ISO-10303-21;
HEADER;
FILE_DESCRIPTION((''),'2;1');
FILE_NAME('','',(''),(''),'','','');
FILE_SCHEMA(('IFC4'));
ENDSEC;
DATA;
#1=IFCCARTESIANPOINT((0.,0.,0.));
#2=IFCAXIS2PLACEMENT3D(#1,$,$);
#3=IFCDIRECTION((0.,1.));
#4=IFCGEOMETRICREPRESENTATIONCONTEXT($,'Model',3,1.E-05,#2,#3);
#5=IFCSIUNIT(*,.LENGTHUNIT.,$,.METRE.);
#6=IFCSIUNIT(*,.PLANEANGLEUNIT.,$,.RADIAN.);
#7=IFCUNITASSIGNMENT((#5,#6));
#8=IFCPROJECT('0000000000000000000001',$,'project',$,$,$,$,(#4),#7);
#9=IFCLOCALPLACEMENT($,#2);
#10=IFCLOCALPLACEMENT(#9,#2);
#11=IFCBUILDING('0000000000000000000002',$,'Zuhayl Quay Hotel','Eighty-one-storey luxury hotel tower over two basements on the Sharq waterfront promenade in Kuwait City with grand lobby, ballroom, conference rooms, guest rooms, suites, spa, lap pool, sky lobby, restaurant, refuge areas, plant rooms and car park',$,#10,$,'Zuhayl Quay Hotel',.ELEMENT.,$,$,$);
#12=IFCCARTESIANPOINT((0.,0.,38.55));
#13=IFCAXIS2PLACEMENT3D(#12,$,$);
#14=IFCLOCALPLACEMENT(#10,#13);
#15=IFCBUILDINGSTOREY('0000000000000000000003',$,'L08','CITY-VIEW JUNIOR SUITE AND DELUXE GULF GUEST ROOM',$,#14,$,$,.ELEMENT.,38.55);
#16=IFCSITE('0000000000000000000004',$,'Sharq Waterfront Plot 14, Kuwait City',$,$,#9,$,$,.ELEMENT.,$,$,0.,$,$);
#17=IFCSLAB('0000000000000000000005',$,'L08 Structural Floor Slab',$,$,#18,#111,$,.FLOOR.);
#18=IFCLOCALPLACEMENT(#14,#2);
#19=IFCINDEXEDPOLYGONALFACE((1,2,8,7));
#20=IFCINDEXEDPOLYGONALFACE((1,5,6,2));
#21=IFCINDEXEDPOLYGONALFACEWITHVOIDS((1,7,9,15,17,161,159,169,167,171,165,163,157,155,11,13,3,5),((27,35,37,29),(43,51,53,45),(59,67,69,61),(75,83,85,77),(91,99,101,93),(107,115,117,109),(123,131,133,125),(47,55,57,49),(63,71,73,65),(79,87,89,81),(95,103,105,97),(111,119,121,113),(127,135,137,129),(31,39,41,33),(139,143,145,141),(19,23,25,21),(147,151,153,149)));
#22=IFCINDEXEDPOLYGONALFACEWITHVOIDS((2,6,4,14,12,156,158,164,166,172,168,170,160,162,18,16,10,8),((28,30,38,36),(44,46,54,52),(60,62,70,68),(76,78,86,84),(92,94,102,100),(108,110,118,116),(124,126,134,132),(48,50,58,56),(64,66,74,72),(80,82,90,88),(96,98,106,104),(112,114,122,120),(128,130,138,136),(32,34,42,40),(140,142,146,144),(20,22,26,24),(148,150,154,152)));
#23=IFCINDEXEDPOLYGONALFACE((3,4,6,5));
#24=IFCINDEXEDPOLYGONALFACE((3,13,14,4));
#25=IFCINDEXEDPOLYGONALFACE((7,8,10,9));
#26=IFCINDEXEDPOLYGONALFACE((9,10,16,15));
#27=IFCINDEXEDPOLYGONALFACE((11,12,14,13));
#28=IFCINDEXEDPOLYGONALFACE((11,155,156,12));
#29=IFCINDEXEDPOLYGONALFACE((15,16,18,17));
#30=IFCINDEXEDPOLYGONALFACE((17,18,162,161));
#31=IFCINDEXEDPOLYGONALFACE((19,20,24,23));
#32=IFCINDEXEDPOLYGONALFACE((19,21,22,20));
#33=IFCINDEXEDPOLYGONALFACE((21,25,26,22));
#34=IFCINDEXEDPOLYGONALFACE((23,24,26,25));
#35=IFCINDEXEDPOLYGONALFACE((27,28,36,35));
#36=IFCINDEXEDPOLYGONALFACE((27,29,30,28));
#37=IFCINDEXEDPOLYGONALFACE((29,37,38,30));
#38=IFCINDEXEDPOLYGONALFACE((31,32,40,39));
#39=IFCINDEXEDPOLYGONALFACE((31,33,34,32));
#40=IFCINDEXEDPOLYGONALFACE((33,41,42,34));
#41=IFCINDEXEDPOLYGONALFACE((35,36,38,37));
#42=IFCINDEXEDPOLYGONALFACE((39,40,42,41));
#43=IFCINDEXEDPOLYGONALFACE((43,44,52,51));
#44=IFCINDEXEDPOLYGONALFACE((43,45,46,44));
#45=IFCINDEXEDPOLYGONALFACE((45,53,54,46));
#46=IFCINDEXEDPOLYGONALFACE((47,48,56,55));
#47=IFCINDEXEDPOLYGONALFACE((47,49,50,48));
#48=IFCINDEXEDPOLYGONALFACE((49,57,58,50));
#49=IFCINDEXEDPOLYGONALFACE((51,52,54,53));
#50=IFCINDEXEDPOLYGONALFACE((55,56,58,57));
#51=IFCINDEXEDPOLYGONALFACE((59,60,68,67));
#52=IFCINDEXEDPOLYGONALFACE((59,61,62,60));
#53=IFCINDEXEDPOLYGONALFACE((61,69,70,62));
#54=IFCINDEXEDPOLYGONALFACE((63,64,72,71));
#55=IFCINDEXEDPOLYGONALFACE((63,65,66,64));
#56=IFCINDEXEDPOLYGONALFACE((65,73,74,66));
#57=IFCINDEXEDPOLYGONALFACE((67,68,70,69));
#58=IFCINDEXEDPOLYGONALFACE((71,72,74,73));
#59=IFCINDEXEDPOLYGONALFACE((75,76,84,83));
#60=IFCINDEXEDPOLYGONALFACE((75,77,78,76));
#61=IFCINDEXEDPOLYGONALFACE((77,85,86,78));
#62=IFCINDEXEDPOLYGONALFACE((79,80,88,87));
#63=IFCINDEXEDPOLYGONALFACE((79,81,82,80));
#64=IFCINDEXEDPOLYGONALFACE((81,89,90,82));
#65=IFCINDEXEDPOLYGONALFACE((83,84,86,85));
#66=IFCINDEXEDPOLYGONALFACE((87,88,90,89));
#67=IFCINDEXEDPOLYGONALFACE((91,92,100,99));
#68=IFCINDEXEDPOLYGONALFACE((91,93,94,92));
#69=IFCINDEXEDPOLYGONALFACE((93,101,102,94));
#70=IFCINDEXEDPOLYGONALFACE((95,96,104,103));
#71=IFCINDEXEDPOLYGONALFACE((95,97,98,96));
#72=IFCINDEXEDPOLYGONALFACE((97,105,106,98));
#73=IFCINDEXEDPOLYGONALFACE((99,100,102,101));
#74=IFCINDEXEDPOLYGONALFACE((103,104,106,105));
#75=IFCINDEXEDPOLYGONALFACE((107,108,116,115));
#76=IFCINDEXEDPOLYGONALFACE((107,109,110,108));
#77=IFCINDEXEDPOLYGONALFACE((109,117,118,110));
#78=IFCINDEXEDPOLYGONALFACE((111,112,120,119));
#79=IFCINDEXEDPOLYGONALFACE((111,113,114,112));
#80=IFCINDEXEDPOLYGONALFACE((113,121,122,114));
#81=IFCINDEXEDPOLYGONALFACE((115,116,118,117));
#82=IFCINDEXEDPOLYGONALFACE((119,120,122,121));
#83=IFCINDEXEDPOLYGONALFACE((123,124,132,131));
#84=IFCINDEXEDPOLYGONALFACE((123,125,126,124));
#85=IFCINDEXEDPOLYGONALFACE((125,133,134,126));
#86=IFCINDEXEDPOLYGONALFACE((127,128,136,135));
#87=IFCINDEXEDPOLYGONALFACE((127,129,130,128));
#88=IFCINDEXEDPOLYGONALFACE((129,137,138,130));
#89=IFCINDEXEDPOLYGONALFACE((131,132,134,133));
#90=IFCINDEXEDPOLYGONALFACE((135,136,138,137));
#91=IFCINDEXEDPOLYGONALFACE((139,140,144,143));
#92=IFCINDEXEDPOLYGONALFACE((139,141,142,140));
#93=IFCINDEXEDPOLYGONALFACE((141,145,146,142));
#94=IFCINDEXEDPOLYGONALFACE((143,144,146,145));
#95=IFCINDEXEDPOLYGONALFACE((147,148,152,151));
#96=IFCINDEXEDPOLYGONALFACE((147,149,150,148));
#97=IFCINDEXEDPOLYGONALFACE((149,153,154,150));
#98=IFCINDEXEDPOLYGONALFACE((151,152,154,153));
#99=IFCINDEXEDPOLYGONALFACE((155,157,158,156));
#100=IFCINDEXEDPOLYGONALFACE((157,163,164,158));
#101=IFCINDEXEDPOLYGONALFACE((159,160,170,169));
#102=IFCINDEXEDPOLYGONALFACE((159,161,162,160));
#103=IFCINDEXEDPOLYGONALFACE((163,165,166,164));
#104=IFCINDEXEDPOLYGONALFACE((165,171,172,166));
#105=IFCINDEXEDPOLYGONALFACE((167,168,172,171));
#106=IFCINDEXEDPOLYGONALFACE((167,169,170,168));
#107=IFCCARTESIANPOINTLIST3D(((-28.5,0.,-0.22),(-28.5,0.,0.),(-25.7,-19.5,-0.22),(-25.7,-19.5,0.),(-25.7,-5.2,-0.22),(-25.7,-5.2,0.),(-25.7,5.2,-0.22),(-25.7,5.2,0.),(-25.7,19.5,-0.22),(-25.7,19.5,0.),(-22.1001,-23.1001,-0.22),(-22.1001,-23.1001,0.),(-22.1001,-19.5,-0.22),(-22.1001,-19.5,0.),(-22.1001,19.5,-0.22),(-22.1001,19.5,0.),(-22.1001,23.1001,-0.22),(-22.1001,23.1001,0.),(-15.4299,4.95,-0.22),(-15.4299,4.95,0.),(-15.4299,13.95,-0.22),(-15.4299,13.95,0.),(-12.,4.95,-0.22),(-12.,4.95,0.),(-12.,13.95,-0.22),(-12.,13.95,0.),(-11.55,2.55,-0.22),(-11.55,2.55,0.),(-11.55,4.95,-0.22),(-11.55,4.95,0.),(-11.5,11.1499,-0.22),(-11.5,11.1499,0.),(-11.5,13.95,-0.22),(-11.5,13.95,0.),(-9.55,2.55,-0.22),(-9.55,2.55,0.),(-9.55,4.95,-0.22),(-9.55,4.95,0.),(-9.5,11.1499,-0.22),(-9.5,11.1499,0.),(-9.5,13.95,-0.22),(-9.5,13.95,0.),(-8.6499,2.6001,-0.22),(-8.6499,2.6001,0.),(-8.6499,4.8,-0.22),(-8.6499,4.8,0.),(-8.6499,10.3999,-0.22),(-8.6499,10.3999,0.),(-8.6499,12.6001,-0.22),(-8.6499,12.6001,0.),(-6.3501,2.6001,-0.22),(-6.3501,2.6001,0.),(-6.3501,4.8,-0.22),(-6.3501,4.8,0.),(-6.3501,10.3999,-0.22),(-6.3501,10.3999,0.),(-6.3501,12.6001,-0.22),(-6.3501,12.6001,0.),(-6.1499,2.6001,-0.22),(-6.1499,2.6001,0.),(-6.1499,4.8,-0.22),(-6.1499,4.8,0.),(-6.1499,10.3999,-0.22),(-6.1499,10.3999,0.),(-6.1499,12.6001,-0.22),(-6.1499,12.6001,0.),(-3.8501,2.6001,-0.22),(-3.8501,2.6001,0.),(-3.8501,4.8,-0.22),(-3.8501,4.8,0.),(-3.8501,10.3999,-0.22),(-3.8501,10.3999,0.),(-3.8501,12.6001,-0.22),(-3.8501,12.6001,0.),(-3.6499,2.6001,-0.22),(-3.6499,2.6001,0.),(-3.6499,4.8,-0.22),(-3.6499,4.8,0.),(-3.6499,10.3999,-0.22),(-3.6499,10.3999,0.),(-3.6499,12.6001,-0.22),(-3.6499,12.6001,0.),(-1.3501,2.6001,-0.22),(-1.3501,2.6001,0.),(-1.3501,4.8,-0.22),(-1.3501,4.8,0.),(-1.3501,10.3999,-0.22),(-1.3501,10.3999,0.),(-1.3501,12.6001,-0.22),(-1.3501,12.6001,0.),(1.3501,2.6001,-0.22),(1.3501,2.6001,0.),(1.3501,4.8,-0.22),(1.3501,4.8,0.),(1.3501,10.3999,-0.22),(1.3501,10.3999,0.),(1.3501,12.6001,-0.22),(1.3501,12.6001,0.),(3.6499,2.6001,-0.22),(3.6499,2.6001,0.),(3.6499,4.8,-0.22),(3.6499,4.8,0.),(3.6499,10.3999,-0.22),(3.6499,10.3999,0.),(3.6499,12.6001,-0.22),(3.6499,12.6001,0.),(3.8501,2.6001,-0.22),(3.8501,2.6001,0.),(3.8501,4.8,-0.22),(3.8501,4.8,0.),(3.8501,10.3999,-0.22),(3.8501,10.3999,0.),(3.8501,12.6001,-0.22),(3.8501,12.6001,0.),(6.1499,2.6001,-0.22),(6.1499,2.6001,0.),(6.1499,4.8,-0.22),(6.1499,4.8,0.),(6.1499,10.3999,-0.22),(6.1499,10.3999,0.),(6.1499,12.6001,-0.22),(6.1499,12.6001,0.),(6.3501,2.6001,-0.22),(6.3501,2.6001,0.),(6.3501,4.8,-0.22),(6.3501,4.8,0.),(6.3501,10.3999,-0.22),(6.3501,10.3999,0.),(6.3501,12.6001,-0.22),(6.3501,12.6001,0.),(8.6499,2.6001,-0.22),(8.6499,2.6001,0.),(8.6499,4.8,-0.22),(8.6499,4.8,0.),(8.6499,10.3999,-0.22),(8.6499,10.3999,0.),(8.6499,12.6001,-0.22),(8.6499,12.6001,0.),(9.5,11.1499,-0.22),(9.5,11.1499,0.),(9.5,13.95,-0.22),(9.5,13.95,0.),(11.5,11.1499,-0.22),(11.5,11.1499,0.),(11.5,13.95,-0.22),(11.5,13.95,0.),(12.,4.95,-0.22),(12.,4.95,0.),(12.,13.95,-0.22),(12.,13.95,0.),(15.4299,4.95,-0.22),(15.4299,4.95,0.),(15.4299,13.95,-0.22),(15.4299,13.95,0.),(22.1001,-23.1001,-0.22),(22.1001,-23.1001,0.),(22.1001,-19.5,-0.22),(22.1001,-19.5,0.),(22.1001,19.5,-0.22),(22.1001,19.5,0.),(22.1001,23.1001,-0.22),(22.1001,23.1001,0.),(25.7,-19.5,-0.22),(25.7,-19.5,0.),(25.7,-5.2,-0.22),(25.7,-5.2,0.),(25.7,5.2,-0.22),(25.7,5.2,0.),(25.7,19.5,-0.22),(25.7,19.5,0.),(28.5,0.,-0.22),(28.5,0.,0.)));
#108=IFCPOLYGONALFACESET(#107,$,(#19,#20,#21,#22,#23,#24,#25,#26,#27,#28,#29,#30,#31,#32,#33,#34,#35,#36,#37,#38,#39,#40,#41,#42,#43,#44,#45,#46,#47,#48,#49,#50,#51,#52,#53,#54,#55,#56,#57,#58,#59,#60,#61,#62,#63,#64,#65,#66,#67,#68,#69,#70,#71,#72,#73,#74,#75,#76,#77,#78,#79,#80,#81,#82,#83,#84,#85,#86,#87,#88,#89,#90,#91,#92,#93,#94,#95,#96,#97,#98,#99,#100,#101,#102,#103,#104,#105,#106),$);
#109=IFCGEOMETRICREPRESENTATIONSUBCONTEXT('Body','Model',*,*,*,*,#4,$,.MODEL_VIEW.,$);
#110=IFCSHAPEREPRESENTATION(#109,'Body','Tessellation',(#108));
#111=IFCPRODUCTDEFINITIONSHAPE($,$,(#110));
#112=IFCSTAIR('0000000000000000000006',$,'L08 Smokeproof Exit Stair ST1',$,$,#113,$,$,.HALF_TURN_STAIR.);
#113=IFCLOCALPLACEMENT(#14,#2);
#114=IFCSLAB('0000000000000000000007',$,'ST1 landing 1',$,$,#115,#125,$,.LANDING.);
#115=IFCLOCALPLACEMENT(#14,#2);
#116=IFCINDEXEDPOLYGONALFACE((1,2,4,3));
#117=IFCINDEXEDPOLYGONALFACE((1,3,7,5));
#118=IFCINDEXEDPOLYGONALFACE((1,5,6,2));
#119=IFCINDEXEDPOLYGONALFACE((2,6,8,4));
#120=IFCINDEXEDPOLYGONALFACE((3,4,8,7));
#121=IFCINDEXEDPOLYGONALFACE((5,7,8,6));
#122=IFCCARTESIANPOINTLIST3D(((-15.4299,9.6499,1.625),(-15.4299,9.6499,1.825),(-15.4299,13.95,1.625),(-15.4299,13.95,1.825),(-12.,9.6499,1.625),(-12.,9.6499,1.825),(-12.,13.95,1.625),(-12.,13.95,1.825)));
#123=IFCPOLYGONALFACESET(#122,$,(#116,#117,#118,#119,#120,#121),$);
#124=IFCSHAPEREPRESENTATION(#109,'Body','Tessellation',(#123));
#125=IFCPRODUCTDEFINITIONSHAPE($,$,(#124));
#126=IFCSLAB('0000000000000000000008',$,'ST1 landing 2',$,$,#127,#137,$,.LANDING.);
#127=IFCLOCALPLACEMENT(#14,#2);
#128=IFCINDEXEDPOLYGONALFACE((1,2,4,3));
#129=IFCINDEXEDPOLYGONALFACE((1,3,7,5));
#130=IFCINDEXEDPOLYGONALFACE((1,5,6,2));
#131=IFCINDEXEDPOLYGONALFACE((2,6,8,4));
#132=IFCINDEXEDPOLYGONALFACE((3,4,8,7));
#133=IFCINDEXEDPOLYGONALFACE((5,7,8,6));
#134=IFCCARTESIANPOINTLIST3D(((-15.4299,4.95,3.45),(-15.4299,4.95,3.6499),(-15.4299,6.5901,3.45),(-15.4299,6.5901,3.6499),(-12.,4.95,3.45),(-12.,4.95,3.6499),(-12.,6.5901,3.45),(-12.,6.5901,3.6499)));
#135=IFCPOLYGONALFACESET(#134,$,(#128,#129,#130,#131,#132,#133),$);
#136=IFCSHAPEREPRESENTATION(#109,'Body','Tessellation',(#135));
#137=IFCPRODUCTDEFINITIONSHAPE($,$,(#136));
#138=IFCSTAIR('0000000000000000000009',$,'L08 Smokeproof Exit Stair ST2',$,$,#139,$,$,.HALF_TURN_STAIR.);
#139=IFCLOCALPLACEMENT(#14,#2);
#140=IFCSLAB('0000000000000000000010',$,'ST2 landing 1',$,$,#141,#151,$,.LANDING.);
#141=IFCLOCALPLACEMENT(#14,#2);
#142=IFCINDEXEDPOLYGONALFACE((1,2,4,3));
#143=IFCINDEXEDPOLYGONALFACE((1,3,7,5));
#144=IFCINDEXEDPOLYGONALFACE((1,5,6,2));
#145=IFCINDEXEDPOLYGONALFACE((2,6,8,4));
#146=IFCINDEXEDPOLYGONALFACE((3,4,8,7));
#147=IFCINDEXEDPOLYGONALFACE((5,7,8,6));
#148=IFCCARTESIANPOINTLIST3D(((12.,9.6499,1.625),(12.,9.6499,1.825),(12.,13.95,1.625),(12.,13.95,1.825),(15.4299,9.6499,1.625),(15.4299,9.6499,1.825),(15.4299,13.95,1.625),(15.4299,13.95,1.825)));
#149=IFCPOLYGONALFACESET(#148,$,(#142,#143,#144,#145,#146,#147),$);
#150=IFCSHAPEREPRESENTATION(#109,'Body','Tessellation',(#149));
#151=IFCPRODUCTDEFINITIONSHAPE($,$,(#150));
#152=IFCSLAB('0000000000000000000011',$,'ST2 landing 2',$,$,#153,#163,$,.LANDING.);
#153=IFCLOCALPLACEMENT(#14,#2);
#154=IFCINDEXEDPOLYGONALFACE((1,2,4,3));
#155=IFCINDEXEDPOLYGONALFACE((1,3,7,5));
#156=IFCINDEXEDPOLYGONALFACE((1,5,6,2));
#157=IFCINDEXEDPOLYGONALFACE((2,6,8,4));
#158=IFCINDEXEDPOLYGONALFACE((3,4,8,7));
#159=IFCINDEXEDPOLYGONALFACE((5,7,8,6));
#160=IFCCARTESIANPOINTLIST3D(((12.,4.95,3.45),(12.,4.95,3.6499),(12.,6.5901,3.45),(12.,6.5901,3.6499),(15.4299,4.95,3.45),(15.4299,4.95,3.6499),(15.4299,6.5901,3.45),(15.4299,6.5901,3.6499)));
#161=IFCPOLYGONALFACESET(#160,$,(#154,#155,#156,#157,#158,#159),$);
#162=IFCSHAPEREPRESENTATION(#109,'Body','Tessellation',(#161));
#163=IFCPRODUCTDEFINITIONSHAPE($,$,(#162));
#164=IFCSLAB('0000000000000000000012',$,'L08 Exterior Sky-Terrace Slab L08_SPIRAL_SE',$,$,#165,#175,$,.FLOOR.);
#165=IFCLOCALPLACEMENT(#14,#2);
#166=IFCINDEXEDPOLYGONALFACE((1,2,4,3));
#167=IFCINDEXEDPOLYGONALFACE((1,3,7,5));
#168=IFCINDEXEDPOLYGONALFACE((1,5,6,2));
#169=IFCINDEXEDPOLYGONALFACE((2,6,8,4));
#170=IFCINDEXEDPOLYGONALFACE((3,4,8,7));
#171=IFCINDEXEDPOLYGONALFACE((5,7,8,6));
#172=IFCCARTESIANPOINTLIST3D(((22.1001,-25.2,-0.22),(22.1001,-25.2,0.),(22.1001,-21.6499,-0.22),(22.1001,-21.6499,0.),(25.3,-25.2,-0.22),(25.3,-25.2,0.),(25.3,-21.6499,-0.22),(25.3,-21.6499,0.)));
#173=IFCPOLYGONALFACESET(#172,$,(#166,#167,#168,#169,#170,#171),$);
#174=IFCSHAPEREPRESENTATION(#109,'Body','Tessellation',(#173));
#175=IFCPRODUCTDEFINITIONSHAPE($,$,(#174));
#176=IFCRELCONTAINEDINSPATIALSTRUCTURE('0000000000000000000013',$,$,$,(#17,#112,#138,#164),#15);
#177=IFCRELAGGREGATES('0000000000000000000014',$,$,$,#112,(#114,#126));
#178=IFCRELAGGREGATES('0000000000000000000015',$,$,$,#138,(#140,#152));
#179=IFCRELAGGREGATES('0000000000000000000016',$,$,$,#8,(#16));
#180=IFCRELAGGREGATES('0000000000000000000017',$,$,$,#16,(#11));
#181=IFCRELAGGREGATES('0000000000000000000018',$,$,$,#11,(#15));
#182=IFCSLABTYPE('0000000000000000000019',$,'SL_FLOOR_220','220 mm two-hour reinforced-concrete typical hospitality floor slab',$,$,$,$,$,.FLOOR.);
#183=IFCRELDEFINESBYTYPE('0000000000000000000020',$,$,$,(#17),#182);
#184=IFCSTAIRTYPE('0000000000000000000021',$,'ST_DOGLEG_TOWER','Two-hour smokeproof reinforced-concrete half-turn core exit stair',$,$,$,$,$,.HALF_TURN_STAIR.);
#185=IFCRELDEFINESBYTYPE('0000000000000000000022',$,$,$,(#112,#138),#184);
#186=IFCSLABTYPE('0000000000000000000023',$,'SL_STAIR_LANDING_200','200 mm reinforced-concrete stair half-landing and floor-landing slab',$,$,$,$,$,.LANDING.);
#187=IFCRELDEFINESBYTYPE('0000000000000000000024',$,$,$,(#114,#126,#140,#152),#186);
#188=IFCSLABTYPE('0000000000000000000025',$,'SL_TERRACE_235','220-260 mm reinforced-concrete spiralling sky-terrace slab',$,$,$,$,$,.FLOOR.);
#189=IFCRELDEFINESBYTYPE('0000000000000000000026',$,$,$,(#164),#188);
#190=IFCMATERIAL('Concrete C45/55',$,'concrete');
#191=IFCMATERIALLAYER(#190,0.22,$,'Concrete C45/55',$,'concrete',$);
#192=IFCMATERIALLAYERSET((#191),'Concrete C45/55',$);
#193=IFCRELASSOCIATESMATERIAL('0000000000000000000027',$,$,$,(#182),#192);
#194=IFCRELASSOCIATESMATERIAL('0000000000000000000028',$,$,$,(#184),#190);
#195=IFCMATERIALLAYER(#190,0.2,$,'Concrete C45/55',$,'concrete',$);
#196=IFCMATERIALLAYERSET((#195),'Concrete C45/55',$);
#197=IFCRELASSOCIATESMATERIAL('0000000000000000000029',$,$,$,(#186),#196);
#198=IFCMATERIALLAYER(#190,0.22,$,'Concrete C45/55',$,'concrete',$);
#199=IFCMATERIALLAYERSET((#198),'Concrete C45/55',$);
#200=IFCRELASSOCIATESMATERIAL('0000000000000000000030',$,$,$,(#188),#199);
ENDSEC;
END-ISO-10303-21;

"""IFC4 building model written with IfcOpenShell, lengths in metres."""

from ifc_helpers import new_model, si_unit, direction, frame, origin, place, context, subcontext, project, spatial, polyline, outline, extrude, material, layer, layer_set, type_object, element, aggregate, save


model = new_model("IFC4")

# Units and contexts
model_context = context("Model", 3, precision=1e-05, world=origin(), true_north=direction((0.0, 1.0)))
body_context = subcontext(model_context, "Body", "Model", "MODEL_VIEW")
ifc_project = project(units=[si_unit("LENGTHUNIT", "METRE"), si_unit("PLANEANGLEUNIT", "RADIAN")], contexts=[model_context])

# Site, building, storey
site_placement = place(None, origin())
site = spatial("IfcSite", under=ifc_project, at=site_placement, Name="Sharq Waterfront Plot 14, Kuwait City", CompositionType="ELEMENT", RefElevation=0.0)
building_placement = place(site_placement, origin())
building = spatial("IfcBuilding", under=site, at=building_placement, Name="Zuhayl Quay Hotel", Description="Eighty-one-storey luxury hotel tower over two basements on the Sharq waterfront promenade in Kuwait City with grand lobby, ballroom, conference rooms, guest rooms, suites, spa, lap pool, sky lobby, restaurant, refuge areas, plant rooms and car park", LongName="Zuhayl Quay Hotel", CompositionType="ELEMENT")
storey_placement = place(building_placement, frame((0.0, 0.0, 38.55)))
storey = spatial("IfcBuildingStorey", under=building, at=storey_placement, Name="L08", Description="CITY-VIEW JUNIOR SUITE AND DELUXE GULF GUEST ROOM", CompositionType="ELEMENT", Elevation=38.55)

# Slab
ifc_material_1 = material(Name="Concrete C45/55", Category="concrete")
ifc_layer_1 = layer(ifc_material_1, 0.22, Name="Concrete C45/55", Category="concrete")
ifc_layer_set_1 = layer_set([ifc_layer_1], Name="Concrete C45/55")
slab_type_1 = type_object("IfcSlabType", Name="SL_FLOOR_220", Description="220 mm two-hour reinforced-concrete typical hospitality floor slab", PredefinedType="FLOOR", material=ifc_layer_set_1)
slab_1_placement = place(storey_placement, frame((0.0, 0.0, -0.22)))
element("IfcSlab", 1, at=slab_1_placement, inside=storey, type_object=slab_type_1, Name="L08 Structural Floor Slab", PredefinedType="FLOOR", context=body_context, shape_type="SweptSolid", body=[
    extrude(outline(polyline([(-22.1001, -23.1001), (22.1001, -23.1001), (22.1001, -19.5), (25.7, -19.5), (25.7, -5.2), (28.5, 0.0), (25.7, 5.2), (25.7, 19.5), (22.1001, 19.5), (22.1001, 23.1001), (-22.1001, 23.1001), (-22.1001, 19.5), (-25.7, 19.5), (-25.7, 5.2), (-28.5, 0.0), (-25.7, -5.2), (-25.7, -19.5), (-22.1001, -19.5), (-22.1001, -23.1001)]), holes=[polyline([(-12.0, 4.95), (-12.0, 13.95), (-15.4299, 13.95), (-15.4299, 4.95), (-12.0, 4.95)]), polyline([(15.4299, 4.95), (15.4299, 13.95), (12.0, 13.95), (12.0, 4.95), (15.4299, 4.95)]), polyline([(-11.5, 11.1499), (-9.5, 11.1499), (-9.5, 13.95), (-11.5, 13.95), (-11.5, 11.1499)]), polyline([(9.5, 11.1499), (11.5, 11.1499), (11.5, 13.95), (9.5, 13.95), (9.5, 11.1499)]), polyline([(-8.6499, 2.6001), (-6.3501, 2.6001), (-6.3501, 4.8), (-8.6499, 4.8), (-8.6499, 2.6001)]), polyline([(-6.1499, 2.6001), (-3.8501, 2.6001), (-3.8501, 4.8), (-6.1499, 4.8), (-6.1499, 2.6001)]), polyline([(-8.6499, 10.3999), (-6.3501, 10.3999), (-6.3501, 12.6001), (-8.6499, 12.6001), (-8.6499, 10.3999)]), polyline([(-6.1499, 10.3999), (-3.8501, 10.3999), (-3.8501, 12.6001), (-6.1499, 12.6001), (-6.1499, 10.3999)]), polyline([(-3.6499, 2.6001), (-1.3501, 2.6001), (-1.3501, 4.8), (-3.6499, 4.8), (-3.6499, 2.6001)]), polyline([(1.3501, 2.6001), (3.6499, 2.6001), (3.6499, 4.8), (1.3501, 4.8), (1.3501, 2.6001)]), polyline([(-3.6499, 10.3999), (-1.3501, 10.3999), (-1.3501, 12.6001), (-3.6499, 12.6001), (-3.6499, 10.3999)]), polyline([(1.3501, 10.3999), (3.6499, 10.3999), (3.6499, 12.6001), (1.3501, 12.6001), (1.3501, 10.3999)]), polyline([(3.8501, 2.6001), (6.1499, 2.6001), (6.1499, 4.8), (3.8501, 4.8), (3.8501, 2.6001)]), polyline([(6.3501, 2.6001), (8.6499, 2.6001), (8.6499, 4.8), (6.3501, 4.8), (6.3501, 2.6001)]), polyline([(3.8501, 10.3999), (6.1499, 10.3999), (6.1499, 12.6001), (3.8501, 12.6001), (3.8501, 10.3999)]), polyline([(6.3501, 10.3999), (8.6499, 10.3999), (8.6499, 12.6001), (6.3501, 12.6001), (6.3501, 10.3999)]), polyline([(-11.55, 2.55), (-9.55, 2.55), (-9.55, 4.95), (-11.55, 4.95), (-11.55, 2.55)])]), origin(), (0.0, 0.0, 1.0), 0.22),
])

# Stairs, slabs
stair_type = type_object("IfcStairType", Name="ST_DOGLEG_TOWER", Description="Two-hour smokeproof reinforced-concrete half-turn core exit stair", PredefinedType="HALF_TURN_STAIR", material=ifc_material_1)
stair_1_placement = place(storey_placement, origin())
stair_1 = element("IfcStair", 2, at=stair_1_placement, inside=storey, type_object=stair_type, Name="L08 Smokeproof Exit Stair ST1", PredefinedType="HALF_TURN_STAIR")
ifc_layer_2 = layer(ifc_material_1, 0.2, Name="Concrete C45/55", Category="concrete")
ifc_layer_set_2 = layer_set([ifc_layer_2], Name="Concrete C45/55")
slab_type_2 = type_object("IfcSlabType", Name="SL_STAIR_LANDING_200", Description="200 mm reinforced-concrete stair half-landing and floor-landing slab", PredefinedType="LANDING", material=ifc_layer_set_2)
slab_2_placement = place(storey_placement, frame((0.0, 0.0, 1.625)))
slab_2 = element("IfcSlab", 3, at=slab_2_placement, type_object=slab_type_2, Name="ST1 landing 1", PredefinedType="LANDING", context=body_context, shape_type="SweptSolid", body=[
    extrude(outline(polyline([(-12.0, 9.6499), (-12.0, 13.95), (-15.4299, 13.95), (-15.4299, 9.6499), (-12.0, 9.6499)])), origin(), (0.0, 0.0, 1.0), 0.2),
])
slab_3_placement = place(storey_placement, frame((0.0, 0.0, 3.45)))
slab_3 = element("IfcSlab", 4, at=slab_3_placement, type_object=slab_type_2, Name="ST1 landing 2", PredefinedType="LANDING", context=body_context, shape_type="SweptSolid", body=[
    extrude(outline(polyline([(-12.0, 4.95), (-12.0, 6.5901), (-15.4299, 6.5901), (-15.4299, 4.95), (-12.0, 4.95)])), origin(), (0.0, 0.0, 1.0), 0.2),
])
aggregate(stair_1, [slab_2, slab_3])
stair_2_placement = place(storey_placement, origin())
stair_2 = element("IfcStair", 5, at=stair_2_placement, inside=storey, type_object=stair_type, Name="L08 Smokeproof Exit Stair ST2", PredefinedType="HALF_TURN_STAIR")
slab_4_placement = place(storey_placement, frame((0.0, 0.0, 1.625)))
slab_4 = element("IfcSlab", 6, at=slab_4_placement, type_object=slab_type_2, Name="ST2 landing 1", PredefinedType="LANDING", context=body_context, shape_type="SweptSolid", body=[
    extrude(outline(polyline([(15.4299, 9.6499), (15.4299, 13.95), (12.0, 13.95), (12.0, 9.6499), (15.4299, 9.6499)])), origin(), (0.0, 0.0, 1.0), 0.2),
])
slab_5_placement = place(storey_placement, frame((0.0, 0.0, 3.45)))
slab_5 = element("IfcSlab", 7, at=slab_5_placement, type_object=slab_type_2, Name="ST2 landing 2", PredefinedType="LANDING", context=body_context, shape_type="SweptSolid", body=[
    extrude(outline(polyline([(15.4299, 4.95), (15.4299, 6.5901), (12.0, 6.5901), (12.0, 4.95), (15.4299, 4.95)])), origin(), (0.0, 0.0, 1.0), 0.2),
])
aggregate(stair_2, [slab_4, slab_5])

# Slab
ifc_layer_3 = layer(ifc_material_1, 0.22, Name="Concrete C45/55", Category="concrete")
ifc_layer_set_3 = layer_set([ifc_layer_3], Name="Concrete C45/55")
slab_type_3 = type_object("IfcSlabType", Name="SL_TERRACE_235", Description="220-260 mm reinforced-concrete spiralling sky-terrace slab", PredefinedType="FLOOR", material=ifc_layer_set_3)
slab_6_placement = place(storey_placement, frame((0.0, 0.0, -0.22)))
element("IfcSlab", 8, at=slab_6_placement, inside=storey, type_object=slab_type_3, Name="L08 Exterior Sky-Terrace Slab L08_SPIRAL_SE", PredefinedType="FLOOR", context=body_context, shape_type="SweptSolid", body=[
    extrude(outline(polyline([(22.1001, -25.2), (25.3, -25.2), (25.3, -21.6499), (22.1001, -21.6499), (22.1001, -25.2)])), origin(), (0.0, 0.0, 1.0), 0.22),
])

save(model, "model.ifc")
